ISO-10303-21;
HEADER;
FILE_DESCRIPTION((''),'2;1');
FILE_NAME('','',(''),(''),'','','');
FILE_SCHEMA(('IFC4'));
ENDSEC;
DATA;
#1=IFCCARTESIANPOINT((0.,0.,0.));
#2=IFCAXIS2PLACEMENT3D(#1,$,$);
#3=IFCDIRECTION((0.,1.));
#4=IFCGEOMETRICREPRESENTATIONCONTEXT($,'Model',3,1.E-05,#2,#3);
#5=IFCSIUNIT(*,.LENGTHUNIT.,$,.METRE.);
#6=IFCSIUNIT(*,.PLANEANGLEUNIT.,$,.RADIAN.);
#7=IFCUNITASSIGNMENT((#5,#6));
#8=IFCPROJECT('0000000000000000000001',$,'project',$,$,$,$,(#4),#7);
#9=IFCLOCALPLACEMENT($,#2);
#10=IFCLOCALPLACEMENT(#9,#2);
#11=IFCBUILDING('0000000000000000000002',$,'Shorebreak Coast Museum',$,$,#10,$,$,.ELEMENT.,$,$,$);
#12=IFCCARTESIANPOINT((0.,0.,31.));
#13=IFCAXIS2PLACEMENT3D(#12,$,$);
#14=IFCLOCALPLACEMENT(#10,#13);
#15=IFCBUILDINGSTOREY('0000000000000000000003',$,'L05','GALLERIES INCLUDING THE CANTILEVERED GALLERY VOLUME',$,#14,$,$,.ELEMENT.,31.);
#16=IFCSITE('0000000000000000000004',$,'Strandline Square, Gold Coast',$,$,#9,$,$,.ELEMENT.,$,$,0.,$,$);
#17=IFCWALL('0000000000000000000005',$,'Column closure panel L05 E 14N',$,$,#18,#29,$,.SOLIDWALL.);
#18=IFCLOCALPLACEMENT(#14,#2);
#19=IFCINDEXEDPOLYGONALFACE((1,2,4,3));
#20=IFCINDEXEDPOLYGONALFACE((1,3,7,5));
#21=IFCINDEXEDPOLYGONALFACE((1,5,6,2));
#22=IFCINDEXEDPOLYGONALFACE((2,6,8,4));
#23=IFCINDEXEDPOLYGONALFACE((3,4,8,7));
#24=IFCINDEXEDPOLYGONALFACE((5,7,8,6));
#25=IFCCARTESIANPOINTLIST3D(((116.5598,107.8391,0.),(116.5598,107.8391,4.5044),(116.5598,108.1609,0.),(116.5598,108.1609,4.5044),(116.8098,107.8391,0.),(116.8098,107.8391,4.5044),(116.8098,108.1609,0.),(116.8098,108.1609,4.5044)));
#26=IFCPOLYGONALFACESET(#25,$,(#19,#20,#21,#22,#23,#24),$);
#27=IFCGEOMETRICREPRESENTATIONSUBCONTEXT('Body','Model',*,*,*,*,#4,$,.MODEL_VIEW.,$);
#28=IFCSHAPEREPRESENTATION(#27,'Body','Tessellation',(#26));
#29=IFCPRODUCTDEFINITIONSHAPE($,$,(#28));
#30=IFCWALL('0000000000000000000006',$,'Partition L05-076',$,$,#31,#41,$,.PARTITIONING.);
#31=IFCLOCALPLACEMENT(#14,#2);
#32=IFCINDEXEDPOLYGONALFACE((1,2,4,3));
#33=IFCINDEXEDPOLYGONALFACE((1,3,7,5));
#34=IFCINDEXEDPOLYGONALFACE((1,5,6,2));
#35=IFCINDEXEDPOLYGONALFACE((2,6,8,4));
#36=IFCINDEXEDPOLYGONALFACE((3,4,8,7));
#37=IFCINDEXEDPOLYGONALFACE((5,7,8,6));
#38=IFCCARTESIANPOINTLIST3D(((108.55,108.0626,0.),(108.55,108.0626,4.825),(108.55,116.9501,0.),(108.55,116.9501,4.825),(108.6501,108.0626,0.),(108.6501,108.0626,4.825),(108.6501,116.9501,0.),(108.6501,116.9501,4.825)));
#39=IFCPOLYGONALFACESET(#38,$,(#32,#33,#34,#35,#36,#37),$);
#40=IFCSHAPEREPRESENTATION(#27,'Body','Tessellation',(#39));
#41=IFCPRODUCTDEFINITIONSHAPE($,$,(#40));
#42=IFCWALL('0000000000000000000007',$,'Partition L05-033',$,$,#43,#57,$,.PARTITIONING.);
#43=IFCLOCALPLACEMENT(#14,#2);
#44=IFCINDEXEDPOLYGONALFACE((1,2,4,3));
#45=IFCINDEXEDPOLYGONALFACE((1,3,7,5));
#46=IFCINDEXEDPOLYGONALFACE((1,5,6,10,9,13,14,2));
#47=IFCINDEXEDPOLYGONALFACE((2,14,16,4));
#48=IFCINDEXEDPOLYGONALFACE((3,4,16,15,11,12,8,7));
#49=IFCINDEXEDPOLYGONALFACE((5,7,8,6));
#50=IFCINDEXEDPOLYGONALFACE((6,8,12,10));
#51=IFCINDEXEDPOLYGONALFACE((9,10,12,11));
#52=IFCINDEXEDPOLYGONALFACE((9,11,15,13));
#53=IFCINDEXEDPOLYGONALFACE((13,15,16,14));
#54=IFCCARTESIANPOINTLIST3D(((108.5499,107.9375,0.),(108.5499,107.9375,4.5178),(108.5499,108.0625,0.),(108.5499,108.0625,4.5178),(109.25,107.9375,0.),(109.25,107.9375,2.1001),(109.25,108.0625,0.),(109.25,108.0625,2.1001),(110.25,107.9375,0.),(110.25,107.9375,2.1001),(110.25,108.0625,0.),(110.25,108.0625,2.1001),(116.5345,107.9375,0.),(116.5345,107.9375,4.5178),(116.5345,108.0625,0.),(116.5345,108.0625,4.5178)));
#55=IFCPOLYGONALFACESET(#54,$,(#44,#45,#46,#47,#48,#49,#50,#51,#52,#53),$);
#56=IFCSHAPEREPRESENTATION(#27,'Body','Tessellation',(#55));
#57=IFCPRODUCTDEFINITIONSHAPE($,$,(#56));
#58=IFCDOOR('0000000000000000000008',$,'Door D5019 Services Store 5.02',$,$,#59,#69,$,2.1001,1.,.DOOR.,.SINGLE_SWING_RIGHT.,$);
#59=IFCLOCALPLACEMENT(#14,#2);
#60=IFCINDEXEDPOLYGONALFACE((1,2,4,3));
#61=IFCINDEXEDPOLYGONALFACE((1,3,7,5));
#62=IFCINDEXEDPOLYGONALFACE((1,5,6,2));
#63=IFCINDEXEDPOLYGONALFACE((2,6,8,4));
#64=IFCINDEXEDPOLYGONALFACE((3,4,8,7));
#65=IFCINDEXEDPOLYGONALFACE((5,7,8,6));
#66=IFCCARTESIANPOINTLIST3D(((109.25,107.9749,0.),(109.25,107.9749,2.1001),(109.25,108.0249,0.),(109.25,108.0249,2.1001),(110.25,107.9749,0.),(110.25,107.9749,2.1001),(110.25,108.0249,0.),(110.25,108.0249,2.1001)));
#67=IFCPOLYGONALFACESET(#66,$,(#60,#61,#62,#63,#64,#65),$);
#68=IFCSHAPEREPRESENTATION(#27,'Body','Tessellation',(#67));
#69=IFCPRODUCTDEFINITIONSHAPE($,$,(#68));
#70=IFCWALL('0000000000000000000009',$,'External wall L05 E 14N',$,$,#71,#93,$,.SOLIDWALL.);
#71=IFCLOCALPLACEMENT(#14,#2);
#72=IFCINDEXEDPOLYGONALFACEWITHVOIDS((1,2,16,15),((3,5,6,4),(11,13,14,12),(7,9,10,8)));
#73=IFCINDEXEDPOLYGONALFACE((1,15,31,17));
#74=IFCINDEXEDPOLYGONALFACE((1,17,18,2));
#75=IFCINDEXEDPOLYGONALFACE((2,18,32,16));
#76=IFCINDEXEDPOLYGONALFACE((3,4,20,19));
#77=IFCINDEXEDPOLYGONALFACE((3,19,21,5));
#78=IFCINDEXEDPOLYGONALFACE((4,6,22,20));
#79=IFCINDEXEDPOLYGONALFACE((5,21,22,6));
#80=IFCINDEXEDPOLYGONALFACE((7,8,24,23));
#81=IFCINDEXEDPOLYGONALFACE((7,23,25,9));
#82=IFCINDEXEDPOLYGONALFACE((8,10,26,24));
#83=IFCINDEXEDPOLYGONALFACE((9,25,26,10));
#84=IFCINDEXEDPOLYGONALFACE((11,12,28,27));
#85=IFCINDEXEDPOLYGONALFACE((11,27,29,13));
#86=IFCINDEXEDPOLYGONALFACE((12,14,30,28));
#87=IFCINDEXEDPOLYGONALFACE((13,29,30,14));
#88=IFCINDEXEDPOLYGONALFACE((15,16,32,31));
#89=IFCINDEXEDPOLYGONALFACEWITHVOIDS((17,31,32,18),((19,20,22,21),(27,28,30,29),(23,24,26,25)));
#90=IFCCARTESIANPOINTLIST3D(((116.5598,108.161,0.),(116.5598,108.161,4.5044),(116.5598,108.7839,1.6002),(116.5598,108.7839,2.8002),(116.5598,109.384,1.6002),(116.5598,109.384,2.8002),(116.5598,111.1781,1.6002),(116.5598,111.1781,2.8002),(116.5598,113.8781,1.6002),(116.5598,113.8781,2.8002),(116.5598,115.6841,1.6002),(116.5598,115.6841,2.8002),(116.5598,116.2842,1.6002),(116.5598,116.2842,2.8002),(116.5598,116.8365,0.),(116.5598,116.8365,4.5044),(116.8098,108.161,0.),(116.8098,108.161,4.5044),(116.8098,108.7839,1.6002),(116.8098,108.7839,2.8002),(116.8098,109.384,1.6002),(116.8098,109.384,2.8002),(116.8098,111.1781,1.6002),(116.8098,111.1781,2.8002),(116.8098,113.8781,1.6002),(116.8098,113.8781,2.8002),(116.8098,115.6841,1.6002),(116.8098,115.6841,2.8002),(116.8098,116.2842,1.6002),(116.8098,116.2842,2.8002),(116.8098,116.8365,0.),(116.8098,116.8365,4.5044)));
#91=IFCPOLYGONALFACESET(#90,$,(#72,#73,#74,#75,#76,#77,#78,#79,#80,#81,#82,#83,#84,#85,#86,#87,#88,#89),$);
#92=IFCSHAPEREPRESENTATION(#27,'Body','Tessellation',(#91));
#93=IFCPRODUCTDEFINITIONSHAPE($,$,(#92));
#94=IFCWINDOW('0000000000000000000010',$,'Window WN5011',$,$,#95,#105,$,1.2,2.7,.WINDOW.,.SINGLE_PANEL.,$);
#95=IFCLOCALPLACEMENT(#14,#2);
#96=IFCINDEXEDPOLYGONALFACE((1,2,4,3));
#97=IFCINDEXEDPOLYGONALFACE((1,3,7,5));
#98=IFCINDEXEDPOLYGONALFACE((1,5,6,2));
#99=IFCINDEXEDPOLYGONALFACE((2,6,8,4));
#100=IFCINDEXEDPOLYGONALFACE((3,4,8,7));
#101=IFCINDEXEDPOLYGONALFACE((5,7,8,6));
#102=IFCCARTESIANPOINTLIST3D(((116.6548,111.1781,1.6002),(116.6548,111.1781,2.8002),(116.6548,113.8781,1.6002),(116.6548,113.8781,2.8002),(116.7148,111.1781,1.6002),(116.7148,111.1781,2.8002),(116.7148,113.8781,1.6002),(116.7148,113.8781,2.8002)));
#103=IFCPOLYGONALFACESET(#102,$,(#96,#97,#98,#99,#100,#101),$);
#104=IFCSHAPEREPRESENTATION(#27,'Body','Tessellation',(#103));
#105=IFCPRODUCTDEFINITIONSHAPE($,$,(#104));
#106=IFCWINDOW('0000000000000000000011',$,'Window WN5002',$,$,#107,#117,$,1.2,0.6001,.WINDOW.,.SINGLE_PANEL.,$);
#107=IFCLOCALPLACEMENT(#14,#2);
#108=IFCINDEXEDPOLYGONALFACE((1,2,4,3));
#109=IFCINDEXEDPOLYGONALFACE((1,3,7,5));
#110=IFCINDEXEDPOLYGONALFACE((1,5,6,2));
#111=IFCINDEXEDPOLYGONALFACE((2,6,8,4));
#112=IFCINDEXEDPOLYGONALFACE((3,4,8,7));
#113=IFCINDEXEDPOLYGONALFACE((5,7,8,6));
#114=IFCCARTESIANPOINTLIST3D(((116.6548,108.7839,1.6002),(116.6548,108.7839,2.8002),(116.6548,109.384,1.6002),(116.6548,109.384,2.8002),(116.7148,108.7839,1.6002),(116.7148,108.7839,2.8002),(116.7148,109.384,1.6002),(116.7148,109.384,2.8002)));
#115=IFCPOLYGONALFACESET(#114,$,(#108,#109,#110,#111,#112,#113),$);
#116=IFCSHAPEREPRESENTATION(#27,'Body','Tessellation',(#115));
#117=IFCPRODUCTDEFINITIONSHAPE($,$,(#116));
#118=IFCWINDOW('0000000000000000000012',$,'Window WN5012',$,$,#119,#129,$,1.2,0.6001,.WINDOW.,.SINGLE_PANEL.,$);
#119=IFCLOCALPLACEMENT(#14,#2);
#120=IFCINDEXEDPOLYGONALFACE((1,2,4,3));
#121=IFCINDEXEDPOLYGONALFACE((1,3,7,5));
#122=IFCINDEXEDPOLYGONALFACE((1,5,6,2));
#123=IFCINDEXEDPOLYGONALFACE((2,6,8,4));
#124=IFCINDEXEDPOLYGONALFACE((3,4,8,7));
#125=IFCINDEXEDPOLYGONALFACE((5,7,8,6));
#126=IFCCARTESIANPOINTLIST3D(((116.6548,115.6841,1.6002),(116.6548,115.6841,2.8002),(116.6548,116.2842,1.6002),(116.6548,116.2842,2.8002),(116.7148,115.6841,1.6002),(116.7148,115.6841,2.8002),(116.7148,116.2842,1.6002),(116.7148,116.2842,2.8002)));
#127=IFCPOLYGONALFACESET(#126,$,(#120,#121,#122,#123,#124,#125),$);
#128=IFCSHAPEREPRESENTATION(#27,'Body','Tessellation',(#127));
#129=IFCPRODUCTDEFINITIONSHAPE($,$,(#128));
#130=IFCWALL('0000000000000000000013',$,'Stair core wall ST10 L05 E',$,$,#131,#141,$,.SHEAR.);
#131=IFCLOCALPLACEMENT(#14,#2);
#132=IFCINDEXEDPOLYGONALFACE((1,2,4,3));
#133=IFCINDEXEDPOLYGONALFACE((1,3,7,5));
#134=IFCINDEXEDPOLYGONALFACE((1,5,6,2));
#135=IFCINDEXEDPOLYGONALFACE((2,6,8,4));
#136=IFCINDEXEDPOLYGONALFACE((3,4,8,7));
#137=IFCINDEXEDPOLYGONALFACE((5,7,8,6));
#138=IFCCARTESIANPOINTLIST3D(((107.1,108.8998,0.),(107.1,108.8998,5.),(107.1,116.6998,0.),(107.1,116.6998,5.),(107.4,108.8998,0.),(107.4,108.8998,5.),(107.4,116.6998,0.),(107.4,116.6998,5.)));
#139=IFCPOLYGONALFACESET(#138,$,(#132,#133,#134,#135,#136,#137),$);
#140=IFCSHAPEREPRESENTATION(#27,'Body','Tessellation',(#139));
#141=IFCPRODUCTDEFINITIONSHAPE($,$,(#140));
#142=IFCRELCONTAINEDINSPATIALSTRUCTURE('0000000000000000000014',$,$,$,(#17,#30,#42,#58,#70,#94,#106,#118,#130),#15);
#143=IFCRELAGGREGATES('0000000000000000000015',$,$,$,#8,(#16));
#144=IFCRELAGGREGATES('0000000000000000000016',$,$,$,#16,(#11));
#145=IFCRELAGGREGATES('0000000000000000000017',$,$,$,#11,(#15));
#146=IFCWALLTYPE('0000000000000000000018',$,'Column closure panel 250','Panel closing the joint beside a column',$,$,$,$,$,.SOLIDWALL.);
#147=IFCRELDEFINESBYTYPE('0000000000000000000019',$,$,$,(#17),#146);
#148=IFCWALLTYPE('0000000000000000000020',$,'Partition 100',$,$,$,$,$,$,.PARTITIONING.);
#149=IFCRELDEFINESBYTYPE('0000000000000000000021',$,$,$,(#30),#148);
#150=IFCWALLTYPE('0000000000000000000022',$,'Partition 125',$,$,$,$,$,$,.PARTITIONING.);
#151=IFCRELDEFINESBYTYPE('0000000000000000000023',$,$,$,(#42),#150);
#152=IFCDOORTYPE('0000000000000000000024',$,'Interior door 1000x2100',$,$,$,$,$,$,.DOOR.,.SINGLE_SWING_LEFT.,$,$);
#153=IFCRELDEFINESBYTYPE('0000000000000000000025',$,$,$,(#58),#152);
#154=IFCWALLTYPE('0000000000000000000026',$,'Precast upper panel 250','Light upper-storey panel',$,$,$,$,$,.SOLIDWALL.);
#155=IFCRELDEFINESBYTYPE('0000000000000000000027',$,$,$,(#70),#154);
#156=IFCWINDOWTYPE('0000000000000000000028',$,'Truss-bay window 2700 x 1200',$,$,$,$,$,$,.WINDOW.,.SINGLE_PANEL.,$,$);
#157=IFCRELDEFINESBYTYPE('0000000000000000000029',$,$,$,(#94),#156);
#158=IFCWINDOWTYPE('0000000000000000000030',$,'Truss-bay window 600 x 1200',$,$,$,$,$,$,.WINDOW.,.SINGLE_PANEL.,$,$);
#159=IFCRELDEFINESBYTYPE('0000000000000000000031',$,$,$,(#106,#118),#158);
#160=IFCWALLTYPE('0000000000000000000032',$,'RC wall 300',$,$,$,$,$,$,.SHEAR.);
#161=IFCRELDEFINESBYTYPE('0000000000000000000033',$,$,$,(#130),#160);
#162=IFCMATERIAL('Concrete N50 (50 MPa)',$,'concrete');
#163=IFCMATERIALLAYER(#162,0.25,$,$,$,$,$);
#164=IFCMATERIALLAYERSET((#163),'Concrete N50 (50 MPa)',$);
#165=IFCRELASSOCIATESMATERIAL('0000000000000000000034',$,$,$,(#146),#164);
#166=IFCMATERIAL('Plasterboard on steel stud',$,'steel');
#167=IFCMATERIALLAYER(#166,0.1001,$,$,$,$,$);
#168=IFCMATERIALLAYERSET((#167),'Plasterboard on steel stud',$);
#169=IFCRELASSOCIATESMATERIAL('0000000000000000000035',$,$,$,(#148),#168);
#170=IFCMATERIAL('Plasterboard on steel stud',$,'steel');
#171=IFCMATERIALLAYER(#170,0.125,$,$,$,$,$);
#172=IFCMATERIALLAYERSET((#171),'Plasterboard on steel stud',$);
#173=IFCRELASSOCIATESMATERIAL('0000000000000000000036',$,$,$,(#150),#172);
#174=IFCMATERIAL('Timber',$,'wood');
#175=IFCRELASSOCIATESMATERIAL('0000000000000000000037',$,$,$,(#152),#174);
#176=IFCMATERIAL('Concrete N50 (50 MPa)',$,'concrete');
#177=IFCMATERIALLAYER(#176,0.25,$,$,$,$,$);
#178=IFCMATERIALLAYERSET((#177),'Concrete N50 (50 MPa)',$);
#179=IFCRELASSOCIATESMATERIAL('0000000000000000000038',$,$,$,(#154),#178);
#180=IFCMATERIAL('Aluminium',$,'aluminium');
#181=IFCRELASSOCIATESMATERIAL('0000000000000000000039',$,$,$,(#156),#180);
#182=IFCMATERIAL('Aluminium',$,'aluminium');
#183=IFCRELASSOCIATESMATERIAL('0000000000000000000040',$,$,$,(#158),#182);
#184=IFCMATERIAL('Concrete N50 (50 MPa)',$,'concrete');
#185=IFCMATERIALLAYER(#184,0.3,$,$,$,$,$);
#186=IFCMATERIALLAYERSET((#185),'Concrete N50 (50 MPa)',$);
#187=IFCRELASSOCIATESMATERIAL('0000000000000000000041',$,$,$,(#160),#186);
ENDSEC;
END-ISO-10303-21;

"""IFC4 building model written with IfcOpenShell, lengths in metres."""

from ifc_helpers import new_model, si_unit, direction, frame, frame_2d, origin, place, context, subcontext, project, spatial, rectangle, extrude, material, layer, layer_set, type_object, element, fill, save


model = new_model("IFC4")

# Units and contexts
model_context = context("Model", 3, precision=1e-05, world=origin(), true_north=direction((0.0, 1.0)))
body_context = subcontext(model_context, "Body", "Model", "MODEL_VIEW")
ifc_project = project(units=[si_unit("LENGTHUNIT", "METRE"), si_unit("PLANEANGLEUNIT", "RADIAN")], contexts=[model_context])

# Site, building, storey
site_placement = place(None, origin())
site = spatial("IfcSite", under=ifc_project, at=site_placement, Name="Strandline Square, Gold Coast", CompositionType="ELEMENT", RefElevation=0.0)
building_placement = place(site_placement, origin())
building = spatial("IfcBuilding", under=site, at=building_placement, Name="Shorebreak Coast Museum", CompositionType="ELEMENT")
storey_placement = place(building_placement, frame((0.0, 0.0, 31.0)))
storey = spatial("IfcBuildingStorey", under=building, at=storey_placement, Name="L05", Description="GALLERIES INCLUDING THE CANTILEVERED GALLERY VOLUME", CompositionType="ELEMENT", Elevation=31.0)

# Walls
ifc_material_1 = material(Name="Concrete N50 (50 MPa)", Category="concrete")
ifc_layer_1 = layer(ifc_material_1, 0.25)
ifc_layer_set_1 = layer_set([ifc_layer_1], Name="Concrete N50 (50 MPa)")
wall_type_1 = type_object("IfcWallType", Name="Column closure panel 250", Description="Panel closing the joint beside a column", PredefinedType="SOLIDWALL", material=ifc_layer_set_1)
wall_1_placement = place(storey_placement, frame((116.6848, 107.8391, 0.0), z_axis=(0.0, 0.0, 1.0), x_axis=(0.0, 1.0, 0.0)))
element("IfcWall", 1, at=wall_1_placement, inside=storey, type_object=wall_type_1, Name="Column closure panel L05 E 14N", PredefinedType="SOLIDWALL", context=body_context, shape_type="SweptSolid", body=[
    extrude(rectangle(XDim=0.3218, YDim=0.25, at=frame_2d((0.1609, 0.0))), origin(), (0.0, 0.0, 1.0), 4.5044),
])
ifc_material_2 = material(Name="Plasterboard on steel stud", Category="steel")
ifc_layer_2 = layer(ifc_material_2, 0.1001)
ifc_layer_set_2 = layer_set([ifc_layer_2], Name="Plasterboard on steel stud")
wall_type_2 = type_object("IfcWallType", Name="Partition 100", PredefinedType="PARTITIONING", material=ifc_layer_set_2)
wall_2_placement = place(storey_placement, frame((108.6001, 108.0625, 0.0), z_axis=(0.0, 0.0, 1.0), x_axis=(0.0, 1.0, 0.0)))
element("IfcWall", 2, at=wall_2_placement, inside=storey, type_object=wall_type_2, Name="Partition L05-076", PredefinedType="PARTITIONING", context=body_context, shape_type="SweptSolid", body=[
    extrude(rectangle(XDim=8.8875, YDim=0.1001, at=frame_2d((4.4438, 0.0))), origin(), (0.0, 0.0, 1.0), 4.825),
])

# Wall, opening, door
ifc_material_3 = material(Name="Plasterboard on steel stud", Category="steel")
ifc_layer_3 = layer(ifc_material_3, 0.125)
ifc_layer_set_3 = layer_set([ifc_layer_3], Name="Plasterboard on steel stud")
wall_type_3 = type_object("IfcWallType", Name="Partition 125", PredefinedType="PARTITIONING", material=ifc_layer_set_3)
wall_3_placement = place(storey_placement, frame((108.55, 108.0, 0.0), z_axis=(0.0, 0.0, 1.0), x_axis=(1.0, 0.0, 0.0)))
wall_3 = element("IfcWall", 3, at=wall_3_placement, inside=storey, type_object=wall_type_3, Name="Partition L05-033", PredefinedType="PARTITIONING", context=body_context, shape_type="SweptSolid", body=[
    extrude(rectangle(XDim=7.9846, YDim=0.125, at=frame_2d((3.9922, 0.0))), origin(), (0.0, 0.0, 1.0), 4.5178),
])
opening_1_placement = place(wall_3_placement, frame((0.7, 0.0, 0.0)))
opening_1 = element("IfcOpeningElement", 4, at=opening_1_placement, cuts=wall_3, PredefinedType="OPENING", context=body_context, shape_type="SweptSolid", body=[
    extrude(rectangle(XDim=1.0, YDim=2.1001, at=frame_2d((0.5, 1.05))), frame((0.0, 0.0725, 0.0), z_axis=(0.0, -1.0, 0.0), x_axis=(1.0, 0.0, 0.0)), (0.0, 0.0, 1.0), 0.145),
])
ifc_material_4 = material(Name="Timber", Category="wood")
door_type = type_object("IfcDoorType", Name="Interior door 1000x2100", OperationType="SINGLE_SWING_LEFT", PredefinedType="DOOR", material=ifc_material_4)
door_placement = place(opening_1_placement, origin())
door = element("IfcDoor", 5, at=door_placement, inside=storey, type_object=door_type, Name="Door D5019 Services Store 5.02", OperationType="SINGLE_SWING_RIGHT", OverallHeight=2.1001, OverallWidth=1.0, PredefinedType="DOOR", context=body_context, shape_type="SweptSolid", body=[
    extrude(rectangle(XDim=1.0, YDim=2.1001, at=frame_2d((0.5, 1.05))), frame((0.0, 0.0249, 0.0), z_axis=(0.0, -1.0, 0.0), x_axis=(1.0, 0.0, 0.0)), (0.0, 0.0, 1.0), 0.05),
])
fill(opening_1, door)

# Wall, openings, windows
ifc_material_5 = material(Name="Concrete N50 (50 MPa)", Category="concrete")
ifc_layer_4 = layer(ifc_material_5, 0.25)
ifc_layer_set_4 = layer_set([ifc_layer_4], Name="Concrete N50 (50 MPa)")
wall_type_4 = type_object("IfcWallType", Name="Precast upper panel 250", Description="Light upper-storey panel", PredefinedType="SOLIDWALL", material=ifc_layer_set_4)
wall_4_placement = place(storey_placement, frame((116.6848, 108.1609, 0.0), z_axis=(0.0, 0.0, 1.0), x_axis=(0.0, 1.0, 0.0)))
wall_4 = element("IfcWall", 6, at=wall_4_placement, inside=storey, type_object=wall_type_4, Name="External wall L05 E 14N", PredefinedType="SOLIDWALL", context=body_context, shape_type="SweptSolid", body=[
    extrude(rectangle(XDim=8.6755, YDim=0.25, at=frame_2d((4.3379, 0.0))), origin(), (0.0, 0.0, 1.0), 4.5044),
])
opening_2_placement = place(wall_4_placement, frame((0.623, 0.0, 1.6001)))
opening_2 = element("IfcOpeningElement", 7, at=opening_2_placement, cuts=wall_4, PredefinedType="OPENING", context=body_context, shape_type="SweptSolid", body=[
    extrude(rectangle(XDim=0.6001, YDim=1.2, at=frame_2d((0.3, 0.6001))), frame((0.0, 0.135, 0.0), z_axis=(0.0, -1.0, 0.0), x_axis=(1.0, 0.0, 0.0)), (0.0, 0.0, 1.0), 0.27),
])
opening_3_placement = place(wall_4_placement, frame((3.0171, 0.0, 1.6001)))
opening_3 = element("IfcOpeningElement", 8, at=opening_3_placement, cuts=wall_4, PredefinedType="OPENING", context=body_context, shape_type="SweptSolid", body=[
    extrude(rectangle(XDim=2.7, YDim=1.2, at=frame_2d((1.3501, 0.6001))), frame((0.0, 0.135, 0.0), z_axis=(0.0, -1.0, 0.0), x_axis=(1.0, 0.0, 0.0)), (0.0, 0.0, 1.0), 0.27),
])
opening_4_placement = place(wall_4_placement, frame((7.5232, 0.0, 1.6001)))
opening_4 = element("IfcOpeningElement", 9, at=opening_4_placement, cuts=wall_4, PredefinedType="OPENING", context=body_context, shape_type="SweptSolid", body=[
    extrude(rectangle(XDim=0.6001, YDim=1.2, at=frame_2d((0.3, 0.6001))), frame((0.0, 0.135, 0.0), z_axis=(0.0, -1.0, 0.0), x_axis=(1.0, 0.0, 0.0)), (0.0, 0.0, 1.0), 0.27),
])
ifc_material_6 = material(Name="Aluminium", Category="aluminium")
window_type_1 = type_object("IfcWindowType", Name="Truss-bay window 2700 x 1200", PartitioningType="SINGLE_PANEL", PredefinedType="WINDOW", material=ifc_material_6)
window_1_placement = place(opening_3_placement, origin())
window_1 = element("IfcWindow", 10, at=window_1_placement, inside=storey, type_object=window_type_1, Name="Window WN5011", OverallHeight=1.2, OverallWidth=2.7, PartitioningType="SINGLE_PANEL", PredefinedType="WINDOW", context=body_context, shape_type="SweptSolid", body=[
    extrude(rectangle(XDim=2.7, YDim=1.2, at=frame_2d((1.3501, 0.6001))), frame((0.0, 0.03, 0.0), z_axis=(0.0, -1.0, 0.0), x_axis=(1.0, 0.0, 0.0)), (0.0, 0.0, 1.0), 0.0601),
])
fill(opening_3, window_1)
ifc_material_7 = material(Name="Aluminium", Category="aluminium")
window_type_2 = type_object("IfcWindowType", Name="Truss-bay window 600 x 1200", PartitioningType="SINGLE_PANEL", PredefinedType="WINDOW", material=ifc_material_7)
window_2_placement = place(opening_2_placement, origin())
window_2 = element("IfcWindow", 11, at=window_2_placement, inside=storey, type_object=window_type_2, Name="Window WN5002", OverallHeight=1.2, OverallWidth=0.6001, PartitioningType="SINGLE_PANEL", PredefinedType="WINDOW", context=body_context, shape_type="SweptSolid", body=[
    extrude(rectangle(XDim=0.6001, YDim=1.2, at=frame_2d((0.3, 0.6001))), frame((0.0, 0.03, 0.0), z_axis=(0.0, -1.0, 0.0), x_axis=(1.0, 0.0, 0.0)), (0.0, 0.0, 1.0), 0.0601),
])
fill(opening_2, window_2)
window_3_placement = place(opening_4_placement, origin())
window_3 = element("IfcWindow", 12, at=window_3_placement, inside=storey, type_object=window_type_2, Name="Window WN5012", OverallHeight=1.2, OverallWidth=0.6001, PartitioningType="SINGLE_PANEL", PredefinedType="WINDOW", context=body_context, shape_type="SweptSolid", body=[
    extrude(rectangle(XDim=0.6001, YDim=1.2, at=frame_2d((0.3, 0.6001))), frame((0.0, 0.03, 0.0), z_axis=(0.0, -1.0, 0.0), x_axis=(1.0, 0.0, 0.0)), (0.0, 0.0, 1.0), 0.0601),
])
fill(opening_4, window_3)

# Wall
ifc_material_8 = material(Name="Concrete N50 (50 MPa)", Category="concrete")
ifc_layer_5 = layer(ifc_material_8, 0.3)
ifc_layer_set_5 = layer_set([ifc_layer_5], Name="Concrete N50 (50 MPa)")
wall_type_5 = type_object("IfcWallType", Name="RC wall 300", PredefinedType="SHEAR", material=ifc_layer_set_5)
wall_5_placement = place(storey_placement, frame((107.25, 108.8999, 0.0), z_axis=(0.0, 0.0, 1.0), x_axis=(0.0, 1.0, 0.0)))
element("IfcWall", 13, at=wall_5_placement, inside=storey, type_object=wall_type_5, Name="Stair core wall ST10 L05 E", PredefinedType="SHEAR", context=body_context, shape_type="SweptSolid", body=[
    extrude(rectangle(XDim=7.8, YDim=0.3, at=frame_2d((3.8999, 0.0))), origin(), (0.0, 0.0, 1.0), 5.0),
])

save(model, "model.ifc")
